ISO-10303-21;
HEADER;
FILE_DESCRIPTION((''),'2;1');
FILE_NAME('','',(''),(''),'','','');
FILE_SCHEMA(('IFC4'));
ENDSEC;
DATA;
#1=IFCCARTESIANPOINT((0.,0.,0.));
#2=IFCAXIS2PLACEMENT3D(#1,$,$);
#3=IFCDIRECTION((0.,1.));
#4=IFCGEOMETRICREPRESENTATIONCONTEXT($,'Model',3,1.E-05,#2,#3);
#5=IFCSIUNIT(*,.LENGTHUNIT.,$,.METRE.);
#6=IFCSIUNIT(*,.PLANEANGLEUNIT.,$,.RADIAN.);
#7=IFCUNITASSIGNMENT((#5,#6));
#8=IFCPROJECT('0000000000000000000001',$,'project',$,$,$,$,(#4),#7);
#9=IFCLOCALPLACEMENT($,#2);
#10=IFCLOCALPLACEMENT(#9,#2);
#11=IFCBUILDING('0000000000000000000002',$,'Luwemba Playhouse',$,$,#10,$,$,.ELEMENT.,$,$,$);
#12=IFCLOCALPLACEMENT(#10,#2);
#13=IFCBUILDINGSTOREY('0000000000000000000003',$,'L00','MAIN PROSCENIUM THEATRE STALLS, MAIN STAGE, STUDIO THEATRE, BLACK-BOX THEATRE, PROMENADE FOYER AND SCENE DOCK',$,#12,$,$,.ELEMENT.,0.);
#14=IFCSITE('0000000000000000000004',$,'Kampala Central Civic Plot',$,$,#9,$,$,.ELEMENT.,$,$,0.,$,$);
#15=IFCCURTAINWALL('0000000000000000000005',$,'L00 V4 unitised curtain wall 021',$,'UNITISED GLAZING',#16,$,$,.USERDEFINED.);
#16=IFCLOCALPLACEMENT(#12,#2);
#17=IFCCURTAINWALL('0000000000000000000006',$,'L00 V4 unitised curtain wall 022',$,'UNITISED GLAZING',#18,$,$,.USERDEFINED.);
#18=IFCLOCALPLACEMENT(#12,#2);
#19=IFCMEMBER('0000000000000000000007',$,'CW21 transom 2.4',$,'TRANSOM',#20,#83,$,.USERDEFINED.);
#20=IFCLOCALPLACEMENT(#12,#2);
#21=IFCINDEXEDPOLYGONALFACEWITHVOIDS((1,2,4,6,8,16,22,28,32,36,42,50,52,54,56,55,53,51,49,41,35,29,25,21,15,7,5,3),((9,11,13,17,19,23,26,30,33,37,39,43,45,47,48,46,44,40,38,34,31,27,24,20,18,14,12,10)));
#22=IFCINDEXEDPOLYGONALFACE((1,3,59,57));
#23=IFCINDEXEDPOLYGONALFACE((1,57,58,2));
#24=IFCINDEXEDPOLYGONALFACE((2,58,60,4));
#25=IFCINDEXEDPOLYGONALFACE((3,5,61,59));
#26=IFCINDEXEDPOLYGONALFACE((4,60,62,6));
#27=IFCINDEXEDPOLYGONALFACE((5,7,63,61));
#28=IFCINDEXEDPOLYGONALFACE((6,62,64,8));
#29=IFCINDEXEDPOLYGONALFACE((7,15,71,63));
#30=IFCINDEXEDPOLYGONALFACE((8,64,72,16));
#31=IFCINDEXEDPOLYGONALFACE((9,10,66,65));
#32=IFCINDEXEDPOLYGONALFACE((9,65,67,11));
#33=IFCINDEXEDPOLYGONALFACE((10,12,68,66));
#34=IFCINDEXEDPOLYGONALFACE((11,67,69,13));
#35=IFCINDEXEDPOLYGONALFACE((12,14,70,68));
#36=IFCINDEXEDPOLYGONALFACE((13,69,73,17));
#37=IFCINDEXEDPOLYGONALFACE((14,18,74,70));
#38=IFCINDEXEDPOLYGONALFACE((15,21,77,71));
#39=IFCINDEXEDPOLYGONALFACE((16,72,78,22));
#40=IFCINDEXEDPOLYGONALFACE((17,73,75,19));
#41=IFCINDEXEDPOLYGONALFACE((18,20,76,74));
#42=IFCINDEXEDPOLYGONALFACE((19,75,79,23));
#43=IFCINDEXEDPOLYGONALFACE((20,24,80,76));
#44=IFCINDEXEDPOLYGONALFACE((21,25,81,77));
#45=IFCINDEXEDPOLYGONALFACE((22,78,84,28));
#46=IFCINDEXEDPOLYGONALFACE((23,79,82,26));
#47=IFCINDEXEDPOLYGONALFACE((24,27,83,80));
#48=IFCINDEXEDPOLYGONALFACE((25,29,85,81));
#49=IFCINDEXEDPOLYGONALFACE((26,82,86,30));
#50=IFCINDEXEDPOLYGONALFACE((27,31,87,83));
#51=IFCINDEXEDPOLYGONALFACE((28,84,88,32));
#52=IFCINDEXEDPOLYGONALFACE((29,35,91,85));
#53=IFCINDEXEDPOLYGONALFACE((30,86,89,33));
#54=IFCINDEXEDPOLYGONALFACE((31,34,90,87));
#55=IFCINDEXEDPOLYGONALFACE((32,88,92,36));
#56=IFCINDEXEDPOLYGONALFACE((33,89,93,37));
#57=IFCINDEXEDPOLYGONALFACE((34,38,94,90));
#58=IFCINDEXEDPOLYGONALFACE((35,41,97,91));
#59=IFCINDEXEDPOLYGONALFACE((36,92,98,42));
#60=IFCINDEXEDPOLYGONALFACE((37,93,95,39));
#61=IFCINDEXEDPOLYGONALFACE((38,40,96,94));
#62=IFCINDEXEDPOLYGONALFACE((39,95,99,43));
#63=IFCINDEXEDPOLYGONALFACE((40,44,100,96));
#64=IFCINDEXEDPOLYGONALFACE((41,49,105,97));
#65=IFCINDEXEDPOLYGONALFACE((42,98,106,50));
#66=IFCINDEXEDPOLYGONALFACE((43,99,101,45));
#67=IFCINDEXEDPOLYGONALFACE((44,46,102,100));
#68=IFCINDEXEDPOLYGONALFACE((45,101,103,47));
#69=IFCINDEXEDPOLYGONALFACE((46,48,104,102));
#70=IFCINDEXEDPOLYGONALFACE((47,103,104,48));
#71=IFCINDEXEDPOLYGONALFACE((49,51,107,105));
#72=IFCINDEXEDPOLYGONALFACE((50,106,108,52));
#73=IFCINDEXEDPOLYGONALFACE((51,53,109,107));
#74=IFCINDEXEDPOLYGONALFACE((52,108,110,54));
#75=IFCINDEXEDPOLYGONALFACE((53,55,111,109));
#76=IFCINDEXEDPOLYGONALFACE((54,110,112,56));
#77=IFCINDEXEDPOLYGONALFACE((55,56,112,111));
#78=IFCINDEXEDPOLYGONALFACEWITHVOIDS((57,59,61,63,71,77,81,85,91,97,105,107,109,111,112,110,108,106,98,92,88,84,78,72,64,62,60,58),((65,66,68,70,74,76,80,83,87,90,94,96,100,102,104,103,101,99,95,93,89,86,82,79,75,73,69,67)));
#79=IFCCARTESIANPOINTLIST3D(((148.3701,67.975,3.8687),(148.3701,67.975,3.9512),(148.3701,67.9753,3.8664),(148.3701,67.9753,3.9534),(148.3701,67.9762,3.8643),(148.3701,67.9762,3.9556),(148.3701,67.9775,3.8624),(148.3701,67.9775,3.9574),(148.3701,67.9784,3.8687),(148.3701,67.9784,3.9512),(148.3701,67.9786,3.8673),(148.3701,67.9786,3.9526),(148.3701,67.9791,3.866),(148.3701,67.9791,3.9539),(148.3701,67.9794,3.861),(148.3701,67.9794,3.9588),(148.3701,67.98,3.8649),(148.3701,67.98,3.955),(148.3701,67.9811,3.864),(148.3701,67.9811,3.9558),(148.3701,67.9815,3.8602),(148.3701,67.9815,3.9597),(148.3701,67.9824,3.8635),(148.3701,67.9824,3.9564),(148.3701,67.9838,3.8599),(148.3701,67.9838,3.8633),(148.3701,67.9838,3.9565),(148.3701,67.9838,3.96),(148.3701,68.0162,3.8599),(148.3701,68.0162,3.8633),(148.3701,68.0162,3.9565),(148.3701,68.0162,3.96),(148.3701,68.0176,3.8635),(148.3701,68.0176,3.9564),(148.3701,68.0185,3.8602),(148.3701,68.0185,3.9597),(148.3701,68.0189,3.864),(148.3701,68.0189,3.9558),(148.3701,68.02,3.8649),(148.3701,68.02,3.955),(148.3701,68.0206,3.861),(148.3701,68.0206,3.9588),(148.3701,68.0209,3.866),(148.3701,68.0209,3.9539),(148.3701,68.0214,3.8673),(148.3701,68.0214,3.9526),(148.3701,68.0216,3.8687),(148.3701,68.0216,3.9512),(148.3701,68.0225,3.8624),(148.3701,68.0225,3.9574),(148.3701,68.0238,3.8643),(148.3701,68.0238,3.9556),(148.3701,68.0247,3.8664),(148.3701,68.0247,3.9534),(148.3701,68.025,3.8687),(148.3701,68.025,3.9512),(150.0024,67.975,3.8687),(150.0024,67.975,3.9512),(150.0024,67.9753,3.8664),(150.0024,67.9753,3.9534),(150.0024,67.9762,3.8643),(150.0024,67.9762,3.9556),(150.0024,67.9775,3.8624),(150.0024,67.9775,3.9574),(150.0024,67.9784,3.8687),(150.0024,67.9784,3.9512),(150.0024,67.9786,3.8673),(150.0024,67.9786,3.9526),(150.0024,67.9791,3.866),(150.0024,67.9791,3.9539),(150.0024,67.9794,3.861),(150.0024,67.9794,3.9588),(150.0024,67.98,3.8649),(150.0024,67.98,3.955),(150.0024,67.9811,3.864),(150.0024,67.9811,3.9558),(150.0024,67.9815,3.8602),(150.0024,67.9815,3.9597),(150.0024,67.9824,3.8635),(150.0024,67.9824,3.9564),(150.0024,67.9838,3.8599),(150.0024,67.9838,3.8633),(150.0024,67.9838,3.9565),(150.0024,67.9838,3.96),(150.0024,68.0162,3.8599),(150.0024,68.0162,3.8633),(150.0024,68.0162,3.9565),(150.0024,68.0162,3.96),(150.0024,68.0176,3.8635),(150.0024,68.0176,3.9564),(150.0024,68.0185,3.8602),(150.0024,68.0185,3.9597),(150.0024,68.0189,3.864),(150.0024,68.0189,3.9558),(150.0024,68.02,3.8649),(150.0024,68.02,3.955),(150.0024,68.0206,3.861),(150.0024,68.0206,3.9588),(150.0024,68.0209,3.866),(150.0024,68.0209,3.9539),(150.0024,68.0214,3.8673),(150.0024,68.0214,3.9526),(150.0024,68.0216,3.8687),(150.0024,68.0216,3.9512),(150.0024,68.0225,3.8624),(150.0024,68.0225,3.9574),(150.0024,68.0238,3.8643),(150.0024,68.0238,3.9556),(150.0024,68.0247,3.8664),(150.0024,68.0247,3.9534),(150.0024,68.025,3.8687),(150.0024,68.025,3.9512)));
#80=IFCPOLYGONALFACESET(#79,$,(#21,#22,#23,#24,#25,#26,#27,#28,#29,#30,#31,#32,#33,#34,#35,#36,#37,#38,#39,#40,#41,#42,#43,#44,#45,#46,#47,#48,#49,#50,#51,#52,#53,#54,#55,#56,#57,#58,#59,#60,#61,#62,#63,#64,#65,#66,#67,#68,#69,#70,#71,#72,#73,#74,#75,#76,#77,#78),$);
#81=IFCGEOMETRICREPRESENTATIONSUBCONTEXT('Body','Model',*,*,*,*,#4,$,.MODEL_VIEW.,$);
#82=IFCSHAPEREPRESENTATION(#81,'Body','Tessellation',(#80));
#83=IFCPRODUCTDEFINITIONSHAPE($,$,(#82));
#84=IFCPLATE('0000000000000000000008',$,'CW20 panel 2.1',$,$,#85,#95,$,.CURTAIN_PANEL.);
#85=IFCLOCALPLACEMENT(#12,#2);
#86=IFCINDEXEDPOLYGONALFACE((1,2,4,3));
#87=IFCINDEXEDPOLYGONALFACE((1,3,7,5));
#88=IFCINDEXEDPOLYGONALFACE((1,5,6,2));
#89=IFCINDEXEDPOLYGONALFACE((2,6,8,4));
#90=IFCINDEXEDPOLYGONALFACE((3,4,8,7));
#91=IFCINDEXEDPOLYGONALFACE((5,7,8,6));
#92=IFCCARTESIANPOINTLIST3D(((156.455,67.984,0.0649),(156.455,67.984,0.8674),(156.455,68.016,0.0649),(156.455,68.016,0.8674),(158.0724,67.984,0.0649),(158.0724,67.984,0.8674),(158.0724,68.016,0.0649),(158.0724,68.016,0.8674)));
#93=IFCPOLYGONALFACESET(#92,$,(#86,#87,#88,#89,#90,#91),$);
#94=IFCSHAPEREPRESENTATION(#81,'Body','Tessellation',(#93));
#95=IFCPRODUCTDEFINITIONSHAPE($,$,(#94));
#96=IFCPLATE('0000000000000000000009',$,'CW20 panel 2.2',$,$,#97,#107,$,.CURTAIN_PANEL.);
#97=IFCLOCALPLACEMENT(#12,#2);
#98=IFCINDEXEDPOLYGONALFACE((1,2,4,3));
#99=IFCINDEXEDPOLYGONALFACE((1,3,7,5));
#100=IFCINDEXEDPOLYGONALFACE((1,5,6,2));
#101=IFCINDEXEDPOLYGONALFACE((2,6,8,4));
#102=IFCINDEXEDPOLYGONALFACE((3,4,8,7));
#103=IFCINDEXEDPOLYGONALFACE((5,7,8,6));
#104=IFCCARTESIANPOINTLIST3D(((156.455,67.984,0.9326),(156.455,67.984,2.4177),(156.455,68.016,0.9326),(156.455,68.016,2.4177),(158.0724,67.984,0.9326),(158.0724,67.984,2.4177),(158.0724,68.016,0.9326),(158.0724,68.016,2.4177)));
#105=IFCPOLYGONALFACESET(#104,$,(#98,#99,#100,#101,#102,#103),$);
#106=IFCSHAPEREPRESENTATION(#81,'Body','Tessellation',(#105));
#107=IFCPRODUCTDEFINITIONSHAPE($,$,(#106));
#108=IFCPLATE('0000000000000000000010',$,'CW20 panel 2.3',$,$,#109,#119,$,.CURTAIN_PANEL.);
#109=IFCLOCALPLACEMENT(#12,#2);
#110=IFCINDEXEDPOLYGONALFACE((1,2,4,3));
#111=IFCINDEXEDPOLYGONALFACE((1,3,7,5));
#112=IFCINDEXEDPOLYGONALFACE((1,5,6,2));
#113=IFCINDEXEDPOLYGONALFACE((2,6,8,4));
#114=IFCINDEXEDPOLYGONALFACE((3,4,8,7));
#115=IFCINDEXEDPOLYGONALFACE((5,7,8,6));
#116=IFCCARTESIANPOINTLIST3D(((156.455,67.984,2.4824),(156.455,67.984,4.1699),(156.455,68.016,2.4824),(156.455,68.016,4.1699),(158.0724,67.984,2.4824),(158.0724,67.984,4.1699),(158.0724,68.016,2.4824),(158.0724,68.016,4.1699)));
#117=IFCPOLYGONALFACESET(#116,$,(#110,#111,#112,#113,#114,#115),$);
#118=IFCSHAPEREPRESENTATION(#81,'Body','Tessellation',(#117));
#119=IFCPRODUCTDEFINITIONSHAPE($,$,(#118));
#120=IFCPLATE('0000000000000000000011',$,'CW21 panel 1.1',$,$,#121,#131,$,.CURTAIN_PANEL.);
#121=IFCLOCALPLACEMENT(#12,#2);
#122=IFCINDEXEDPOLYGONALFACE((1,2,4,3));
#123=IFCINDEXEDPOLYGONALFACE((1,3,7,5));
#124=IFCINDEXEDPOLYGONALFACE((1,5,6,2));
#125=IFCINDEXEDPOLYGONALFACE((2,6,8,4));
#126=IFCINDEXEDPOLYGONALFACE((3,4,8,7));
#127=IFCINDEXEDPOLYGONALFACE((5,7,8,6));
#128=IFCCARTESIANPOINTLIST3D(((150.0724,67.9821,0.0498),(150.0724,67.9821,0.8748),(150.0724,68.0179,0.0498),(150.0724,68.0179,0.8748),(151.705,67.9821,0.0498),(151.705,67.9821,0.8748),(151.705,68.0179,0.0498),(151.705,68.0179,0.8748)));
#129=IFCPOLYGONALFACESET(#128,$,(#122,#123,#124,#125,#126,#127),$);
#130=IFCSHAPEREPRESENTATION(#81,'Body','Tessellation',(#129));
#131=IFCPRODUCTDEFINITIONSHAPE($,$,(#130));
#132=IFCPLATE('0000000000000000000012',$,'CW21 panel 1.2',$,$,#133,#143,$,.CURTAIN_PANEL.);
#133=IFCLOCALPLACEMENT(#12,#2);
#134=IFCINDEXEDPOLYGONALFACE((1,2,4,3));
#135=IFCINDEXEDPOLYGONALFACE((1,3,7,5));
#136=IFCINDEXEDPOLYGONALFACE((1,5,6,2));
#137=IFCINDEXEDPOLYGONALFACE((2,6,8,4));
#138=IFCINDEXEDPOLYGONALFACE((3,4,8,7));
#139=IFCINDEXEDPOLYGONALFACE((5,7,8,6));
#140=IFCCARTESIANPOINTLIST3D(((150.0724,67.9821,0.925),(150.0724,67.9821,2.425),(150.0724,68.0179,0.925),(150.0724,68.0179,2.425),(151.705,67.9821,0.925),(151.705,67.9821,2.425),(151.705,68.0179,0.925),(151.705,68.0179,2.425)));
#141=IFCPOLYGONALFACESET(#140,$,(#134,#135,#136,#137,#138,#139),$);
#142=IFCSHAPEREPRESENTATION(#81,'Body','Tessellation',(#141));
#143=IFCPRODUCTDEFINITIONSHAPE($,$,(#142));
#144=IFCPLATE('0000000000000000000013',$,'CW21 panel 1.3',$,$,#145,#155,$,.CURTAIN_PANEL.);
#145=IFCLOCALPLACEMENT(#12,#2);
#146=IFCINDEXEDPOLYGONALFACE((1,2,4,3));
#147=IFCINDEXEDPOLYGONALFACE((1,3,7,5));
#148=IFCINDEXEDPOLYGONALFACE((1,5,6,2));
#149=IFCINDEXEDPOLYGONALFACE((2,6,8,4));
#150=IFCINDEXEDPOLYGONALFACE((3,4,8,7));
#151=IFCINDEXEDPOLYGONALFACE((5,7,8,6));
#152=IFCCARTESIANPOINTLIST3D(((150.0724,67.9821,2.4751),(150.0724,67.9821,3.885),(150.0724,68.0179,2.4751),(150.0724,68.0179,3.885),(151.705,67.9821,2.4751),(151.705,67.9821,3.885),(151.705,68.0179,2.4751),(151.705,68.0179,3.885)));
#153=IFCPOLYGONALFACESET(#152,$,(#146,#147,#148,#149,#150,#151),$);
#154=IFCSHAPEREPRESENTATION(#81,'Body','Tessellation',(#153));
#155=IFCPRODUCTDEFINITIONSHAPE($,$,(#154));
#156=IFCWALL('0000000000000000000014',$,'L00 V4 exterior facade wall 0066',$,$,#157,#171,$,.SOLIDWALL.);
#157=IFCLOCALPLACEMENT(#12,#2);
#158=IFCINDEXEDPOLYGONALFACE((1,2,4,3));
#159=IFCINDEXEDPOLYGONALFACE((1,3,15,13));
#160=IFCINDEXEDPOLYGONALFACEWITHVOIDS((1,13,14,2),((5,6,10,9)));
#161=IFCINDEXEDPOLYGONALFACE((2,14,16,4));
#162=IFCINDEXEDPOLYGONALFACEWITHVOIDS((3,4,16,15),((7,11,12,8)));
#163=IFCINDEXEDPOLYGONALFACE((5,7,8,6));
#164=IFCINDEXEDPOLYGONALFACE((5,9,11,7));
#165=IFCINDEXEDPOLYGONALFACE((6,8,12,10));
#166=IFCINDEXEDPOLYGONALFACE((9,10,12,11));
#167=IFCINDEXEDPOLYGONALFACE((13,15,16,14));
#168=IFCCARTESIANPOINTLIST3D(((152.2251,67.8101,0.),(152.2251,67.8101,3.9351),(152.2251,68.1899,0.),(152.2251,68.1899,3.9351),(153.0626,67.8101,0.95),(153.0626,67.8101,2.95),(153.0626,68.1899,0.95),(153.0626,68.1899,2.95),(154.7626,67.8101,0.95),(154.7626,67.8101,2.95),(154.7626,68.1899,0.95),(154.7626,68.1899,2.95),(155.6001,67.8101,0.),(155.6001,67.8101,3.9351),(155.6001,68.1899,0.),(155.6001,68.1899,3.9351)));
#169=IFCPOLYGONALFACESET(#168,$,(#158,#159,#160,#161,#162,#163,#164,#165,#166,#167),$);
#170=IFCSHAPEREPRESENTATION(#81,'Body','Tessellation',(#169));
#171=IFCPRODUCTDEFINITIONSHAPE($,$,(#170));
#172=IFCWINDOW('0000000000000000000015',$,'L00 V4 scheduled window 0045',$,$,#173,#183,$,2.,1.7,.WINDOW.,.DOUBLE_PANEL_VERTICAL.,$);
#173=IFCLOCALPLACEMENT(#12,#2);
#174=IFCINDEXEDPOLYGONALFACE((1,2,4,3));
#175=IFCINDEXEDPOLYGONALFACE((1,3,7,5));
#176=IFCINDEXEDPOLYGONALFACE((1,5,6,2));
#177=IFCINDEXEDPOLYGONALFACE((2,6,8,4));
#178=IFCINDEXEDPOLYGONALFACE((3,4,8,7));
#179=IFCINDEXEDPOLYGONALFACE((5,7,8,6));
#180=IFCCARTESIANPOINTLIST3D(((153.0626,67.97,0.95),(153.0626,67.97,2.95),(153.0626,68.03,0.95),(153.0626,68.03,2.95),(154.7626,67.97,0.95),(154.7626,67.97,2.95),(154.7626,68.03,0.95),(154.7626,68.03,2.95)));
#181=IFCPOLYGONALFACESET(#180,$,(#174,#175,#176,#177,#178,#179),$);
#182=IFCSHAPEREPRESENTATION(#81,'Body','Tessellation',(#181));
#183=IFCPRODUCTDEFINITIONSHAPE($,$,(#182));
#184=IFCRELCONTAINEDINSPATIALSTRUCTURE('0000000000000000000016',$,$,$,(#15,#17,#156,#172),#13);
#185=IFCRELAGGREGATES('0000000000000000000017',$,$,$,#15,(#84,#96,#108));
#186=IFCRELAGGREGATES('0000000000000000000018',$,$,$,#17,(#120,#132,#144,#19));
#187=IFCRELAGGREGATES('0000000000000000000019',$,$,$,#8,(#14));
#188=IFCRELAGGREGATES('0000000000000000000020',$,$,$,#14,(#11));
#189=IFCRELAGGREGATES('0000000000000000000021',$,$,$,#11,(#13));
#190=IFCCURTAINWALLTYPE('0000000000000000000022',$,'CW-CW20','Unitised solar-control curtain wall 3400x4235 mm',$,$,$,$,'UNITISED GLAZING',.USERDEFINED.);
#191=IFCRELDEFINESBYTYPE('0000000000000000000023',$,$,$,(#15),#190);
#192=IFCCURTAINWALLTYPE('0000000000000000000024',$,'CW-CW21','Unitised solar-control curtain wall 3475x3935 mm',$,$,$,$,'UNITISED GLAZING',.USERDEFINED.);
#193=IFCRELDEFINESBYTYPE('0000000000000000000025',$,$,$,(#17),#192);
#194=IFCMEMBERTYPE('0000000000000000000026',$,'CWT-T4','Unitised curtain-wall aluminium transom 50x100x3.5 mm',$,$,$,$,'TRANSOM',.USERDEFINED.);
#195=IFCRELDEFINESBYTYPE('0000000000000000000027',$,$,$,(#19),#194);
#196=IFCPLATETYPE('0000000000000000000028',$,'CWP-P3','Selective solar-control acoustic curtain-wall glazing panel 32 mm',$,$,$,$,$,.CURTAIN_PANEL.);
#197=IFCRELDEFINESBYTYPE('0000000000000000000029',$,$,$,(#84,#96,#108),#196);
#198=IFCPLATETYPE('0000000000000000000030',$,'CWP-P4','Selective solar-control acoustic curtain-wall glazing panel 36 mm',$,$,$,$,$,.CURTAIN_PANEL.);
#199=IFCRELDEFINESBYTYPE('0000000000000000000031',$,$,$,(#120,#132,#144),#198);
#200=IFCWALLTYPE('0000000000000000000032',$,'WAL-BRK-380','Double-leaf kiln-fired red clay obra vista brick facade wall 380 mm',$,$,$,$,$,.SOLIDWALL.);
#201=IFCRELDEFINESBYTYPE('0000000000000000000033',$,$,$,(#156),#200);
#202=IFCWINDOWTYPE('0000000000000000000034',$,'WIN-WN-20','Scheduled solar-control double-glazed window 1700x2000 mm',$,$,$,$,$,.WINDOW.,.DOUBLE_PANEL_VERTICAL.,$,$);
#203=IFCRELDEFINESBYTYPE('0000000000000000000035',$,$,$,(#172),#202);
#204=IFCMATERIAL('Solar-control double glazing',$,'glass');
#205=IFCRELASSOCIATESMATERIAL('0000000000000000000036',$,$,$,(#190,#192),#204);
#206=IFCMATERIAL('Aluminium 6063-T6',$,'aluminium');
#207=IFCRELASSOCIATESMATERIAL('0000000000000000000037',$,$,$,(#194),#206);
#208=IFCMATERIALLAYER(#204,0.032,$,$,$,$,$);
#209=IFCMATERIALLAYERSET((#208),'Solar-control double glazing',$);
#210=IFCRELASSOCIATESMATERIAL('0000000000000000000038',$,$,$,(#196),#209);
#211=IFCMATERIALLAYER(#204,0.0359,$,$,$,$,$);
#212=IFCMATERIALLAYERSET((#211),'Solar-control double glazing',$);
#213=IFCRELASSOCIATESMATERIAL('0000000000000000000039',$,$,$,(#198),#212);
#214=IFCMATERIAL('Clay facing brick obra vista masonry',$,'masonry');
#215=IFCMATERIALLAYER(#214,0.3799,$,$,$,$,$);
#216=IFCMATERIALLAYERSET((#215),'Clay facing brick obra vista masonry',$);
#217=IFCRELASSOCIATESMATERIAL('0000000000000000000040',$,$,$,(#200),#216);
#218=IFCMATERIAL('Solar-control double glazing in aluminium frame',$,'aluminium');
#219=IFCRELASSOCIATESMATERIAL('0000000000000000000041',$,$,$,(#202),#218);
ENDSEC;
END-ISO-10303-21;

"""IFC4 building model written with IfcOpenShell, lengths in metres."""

from ifc_helpers import new_model, si_unit, direction, frame, frame_2d, origin, origin_2d, place, context, subcontext, project, spatial, rectangle, hollow_rectangle, extrude, material, layer, layer_set, material_profile, profile_set, type_object, element, fill, aggregate, save


model = new_model("IFC4")

# Units and contexts
model_context = context("Model", 3, precision=1e-05, world=origin(), true_north=direction((0.0, 1.0)))
body_context = subcontext(model_context, "Body", "Model", "MODEL_VIEW")
ifc_project = project(units=[si_unit("LENGTHUNIT", "METRE"), si_unit("PLANEANGLEUNIT", "RADIAN")], contexts=[model_context])

# Site, building, storey
site_placement = place(None, origin())
site = spatial("IfcSite", under=ifc_project, at=site_placement, Name="Kampala Central Civic Plot", CompositionType="ELEMENT", RefElevation=0.0)
building_placement = place(site_placement, origin())
building = spatial("IfcBuilding", under=site, at=building_placement, Name="Luwemba Playhouse", CompositionType="ELEMENT")
storey_placement = place(building_placement, origin())
storey = spatial("IfcBuildingStorey", under=building, at=storey_placement, Name="L00", Description="MAIN PROSCENIUM THEATRE STALLS, MAIN STAGE, STUDIO THEATRE, BLACK-BOX THEATRE, PROMENADE FOYER AND SCENE DOCK", CompositionType="ELEMENT", Elevation=0.0)

# Curtain wall
ifc_material_1 = material(Name="Solar-control double glazing", Category="glass")
curtain_wall_type_1 = type_object("IfcCurtainWallType", Name="CW-CW20", Description="Unitised solar-control curtain wall 3400x4235 mm", ElementType="UNITISED GLAZING", PredefinedType="USERDEFINED", material=ifc_material_1)
curtain_wall_1_placement = place(storey_placement, origin())
curtain_wall_1 = element("IfcCurtainWall", 1, at=curtain_wall_1_placement, inside=storey, type_object=curtain_wall_type_1, Name="L00 V4 unitised curtain wall 021", ObjectType="UNITISED GLAZING", PredefinedType="USERDEFINED")
ifc_material_2 = material(Name="Aluminium 6063-T6", Category="aluminium")

# Curtain wall, member
curtain_wall_type_2 = type_object("IfcCurtainWallType", Name="CW-CW21", Description="Unitised solar-control curtain wall 3475x3935 mm", ElementType="UNITISED GLAZING", PredefinedType="USERDEFINED", material=ifc_material_1)
curtain_wall_2_placement = place(storey_placement, origin())
curtain_wall_2 = element("IfcCurtainWall", 2, at=curtain_wall_2_placement, inside=storey, type_object=curtain_wall_type_2, Name="L00 V4 unitised curtain wall 022", ObjectType="UNITISED GLAZING", PredefinedType="USERDEFINED")
ifc_material_profile_1 = material_profile(ifc_material_2, hollow_rectangle(XDim=0.05, YDim=0.1001, WallThickness=0.0034, InnerFilletRadius=0.0054, OuterFilletRadius=0.0088, at=origin_2d()))
ifc_profile_set_1 = profile_set([ifc_material_profile_1], Name="Aluminium 6063-T6")
member_type_1 = type_object("IfcMemberType", Name="CWT-T4", Description="Unitised curtain-wall aluminium transom 50x100x3.5 mm", ElementType="TRANSOM", PredefinedType="USERDEFINED", material=ifc_profile_set_1)
member_1_placement = place(storey_placement, frame((150.0024, 68.0, 3.9099), z_axis=(-1.0, 0.0, 0.0), x_axis=(0.0, -1.0, 0.0)))
member_1 = element("IfcMember", 3, at=member_1_placement, type_object=member_type_1, Name="CW21 transom 2.4", ObjectType="TRANSOM", PredefinedType="USERDEFINED", context=body_context, shape_type="SweptSolid", body=[
    extrude(hollow_rectangle(XDim=0.05, YDim=0.1001, WallThickness=0.0034, InnerFilletRadius=0.0054, OuterFilletRadius=0.0088, at=origin_2d()), origin(), (0.0, 0.0, 1.0), 1.6323),
])

# Plates
ifc_layer_1 = layer(ifc_material_1, 0.032)
ifc_layer_set_1 = layer_set([ifc_layer_1], Name="Solar-control double glazing")
plate_type_1 = type_object("IfcPlateType", Name="CWP-P3", Description="Selective solar-control acoustic curtain-wall glazing panel 32 mm", PredefinedType="CURTAIN_PANEL", material=ifc_layer_set_1)
plate_1_placement = place(storey_placement, frame((157.2637, 68.0, 0.0649), z_axis=(0.0, 0.0, 1.0), x_axis=(-1.0, 0.0, 0.0)))
plate_1 = element("IfcPlate", 4, at=plate_1_placement, type_object=plate_type_1, Name="CW20 panel 2.1", PredefinedType="CURTAIN_PANEL", context=body_context, shape_type="SweptSolid", body=[
    extrude(rectangle(XDim=1.6174, YDim=0.032, at=origin_2d()), origin(), (0.0, 0.0, 1.0), 0.8025),
])
plate_2_placement = place(storey_placement, frame((157.2637, 68.0, 0.9326), z_axis=(0.0, 0.0, 1.0), x_axis=(-1.0, 0.0, 0.0)))
plate_2 = element("IfcPlate", 5, at=plate_2_placement, type_object=plate_type_1, Name="CW20 panel 2.2", PredefinedType="CURTAIN_PANEL", context=body_context, shape_type="SweptSolid", body=[
    extrude(rectangle(XDim=1.6174, YDim=0.032, at=origin_2d()), origin(), (0.0, 0.0, 1.0), 1.4851),
])
plate_3_placement = place(storey_placement, frame((157.2637, 68.0, 2.4824), z_axis=(0.0, 0.0, 1.0), x_axis=(-1.0, 0.0, 0.0)))
plate_3 = element("IfcPlate", 6, at=plate_3_placement, type_object=plate_type_1, Name="CW20 panel 2.3", PredefinedType="CURTAIN_PANEL", context=body_context, shape_type="SweptSolid", body=[
    extrude(rectangle(XDim=1.6174, YDim=0.032, at=origin_2d()), origin(), (0.0, 0.0, 1.0), 1.6875),
])
aggregate(curtain_wall_1, [plate_1, plate_2, plate_3])
ifc_layer_2 = layer(ifc_material_1, 0.0359)
ifc_layer_set_2 = layer_set([ifc_layer_2], Name="Solar-control double glazing")
plate_type_2 = type_object("IfcPlateType", Name="CWP-P4", Description="Selective solar-control acoustic curtain-wall glazing panel 36 mm", PredefinedType="CURTAIN_PANEL", material=ifc_layer_set_2)
plate_4_placement = place(storey_placement, frame((150.8887, 68.0, 0.0498), z_axis=(0.0, 0.0, 1.0), x_axis=(-1.0, 0.0, 0.0)))
plate_4 = element("IfcPlate", 7, at=plate_4_placement, type_object=plate_type_2, Name="CW21 panel 1.1", PredefinedType="CURTAIN_PANEL", context=body_context, shape_type="SweptSolid", body=[
    extrude(rectangle(XDim=1.6326, YDim=0.0359, at=origin_2d()), origin(), (0.0, 0.0, 1.0), 0.825),
])
plate_5_placement = place(storey_placement, frame((150.8887, 68.0, 0.925), z_axis=(0.0, 0.0, 1.0), x_axis=(-1.0, 0.0, 0.0)))
plate_5 = element("IfcPlate", 8, at=plate_5_placement, type_object=plate_type_2, Name="CW21 panel 1.2", PredefinedType="CURTAIN_PANEL", context=body_context, shape_type="SweptSolid", body=[
    extrude(rectangle(XDim=1.6326, YDim=0.0359, at=origin_2d()), origin(), (0.0, 0.0, 1.0), 1.5),
])
plate_6_placement = place(storey_placement, frame((150.8887, 68.0, 2.4751), z_axis=(0.0, 0.0, 1.0), x_axis=(-1.0, 0.0, 0.0)))
plate_6 = element("IfcPlate", 9, at=plate_6_placement, type_object=plate_type_2, Name="CW21 panel 1.3", PredefinedType="CURTAIN_PANEL", context=body_context, shape_type="SweptSolid", body=[
    extrude(rectangle(XDim=1.6326, YDim=0.0359, at=origin_2d()), origin(), (0.0, 0.0, 1.0), 1.4099),
])
aggregate(curtain_wall_2, [plate_4, plate_5, plate_6, member_1])

# Wall, opening, window
ifc_material_3 = material(Name="Clay facing brick obra vista masonry", Category="masonry")
ifc_layer_3 = layer(ifc_material_3, 0.3799)
ifc_layer_set_3 = layer_set([ifc_layer_3], Name="Clay facing brick obra vista masonry")
wall_type_1 = type_object("IfcWallType", Name="WAL-BRK-380", Description="Double-leaf kiln-fired red clay obra vista brick facade wall 380 mm", PredefinedType="SOLIDWALL", material=ifc_layer_set_3)
wall_1_placement = place(storey_placement, frame((155.6001, 68.0, 0.0), z_axis=(0.0, 0.0, 1.0), x_axis=(-1.0, 0.0, 0.0)))
wall_1 = element("IfcWall", 10, at=wall_1_placement, inside=storey, type_object=wall_type_1, Name="L00 V4 exterior facade wall 0066", PredefinedType="SOLIDWALL", context=body_context, shape_type="SweptSolid", body=[
    extrude(rectangle(XDim=3.375, YDim=0.3799, at=frame_2d((1.6875, 0.0))), origin(), (0.0, 0.0, 1.0), 3.9351),
])
opening_1_placement = place(wall_1_placement, frame((0.8374, 0.0, 0.95)))
opening_1 = element("IfcOpeningElement", 11, at=opening_1_placement, cuts=wall_1, PredefinedType="OPENING", context=body_context, shape_type="SweptSolid", body=[
    extrude(rectangle(XDim=1.7, YDim=2.0, at=frame_2d((0.8501, 1.0))), frame((0.0, 0.2, 0.0), z_axis=(0.0, -1.0, 0.0), x_axis=(1.0, 0.0, 0.0)), (0.0, 0.0, 1.0), 0.3999),
])
ifc_material_4 = material(Name="Solar-control double glazing in aluminium frame", Category="aluminium")
window_type = type_object("IfcWindowType", Name="WIN-WN-20", Description="Scheduled solar-control double-glazed window 1700x2000 mm", PartitioningType="DOUBLE_PANEL_VERTICAL", PredefinedType="WINDOW", material=ifc_material_4)
window_placement = place(opening_1_placement, origin())
window = element("IfcWindow", 12, at=window_placement, inside=storey, type_object=window_type, Name="L00 V4 scheduled window 0045", OverallHeight=2.0, OverallWidth=1.7, PartitioningType="DOUBLE_PANEL_VERTICAL", PredefinedType="WINDOW", context=body_context, shape_type="SweptSolid", body=[
    extrude(rectangle(XDim=1.7, YDim=2.0, at=frame_2d((0.8501, 1.0))), frame((0.0, 0.03, 0.0), z_axis=(0.0, -1.0, 0.0), x_axis=(1.0, 0.0, 0.0)), (0.0, 0.0, 1.0), 0.0601),
])
fill(opening_1, window)

save(model, "model.ifc")
